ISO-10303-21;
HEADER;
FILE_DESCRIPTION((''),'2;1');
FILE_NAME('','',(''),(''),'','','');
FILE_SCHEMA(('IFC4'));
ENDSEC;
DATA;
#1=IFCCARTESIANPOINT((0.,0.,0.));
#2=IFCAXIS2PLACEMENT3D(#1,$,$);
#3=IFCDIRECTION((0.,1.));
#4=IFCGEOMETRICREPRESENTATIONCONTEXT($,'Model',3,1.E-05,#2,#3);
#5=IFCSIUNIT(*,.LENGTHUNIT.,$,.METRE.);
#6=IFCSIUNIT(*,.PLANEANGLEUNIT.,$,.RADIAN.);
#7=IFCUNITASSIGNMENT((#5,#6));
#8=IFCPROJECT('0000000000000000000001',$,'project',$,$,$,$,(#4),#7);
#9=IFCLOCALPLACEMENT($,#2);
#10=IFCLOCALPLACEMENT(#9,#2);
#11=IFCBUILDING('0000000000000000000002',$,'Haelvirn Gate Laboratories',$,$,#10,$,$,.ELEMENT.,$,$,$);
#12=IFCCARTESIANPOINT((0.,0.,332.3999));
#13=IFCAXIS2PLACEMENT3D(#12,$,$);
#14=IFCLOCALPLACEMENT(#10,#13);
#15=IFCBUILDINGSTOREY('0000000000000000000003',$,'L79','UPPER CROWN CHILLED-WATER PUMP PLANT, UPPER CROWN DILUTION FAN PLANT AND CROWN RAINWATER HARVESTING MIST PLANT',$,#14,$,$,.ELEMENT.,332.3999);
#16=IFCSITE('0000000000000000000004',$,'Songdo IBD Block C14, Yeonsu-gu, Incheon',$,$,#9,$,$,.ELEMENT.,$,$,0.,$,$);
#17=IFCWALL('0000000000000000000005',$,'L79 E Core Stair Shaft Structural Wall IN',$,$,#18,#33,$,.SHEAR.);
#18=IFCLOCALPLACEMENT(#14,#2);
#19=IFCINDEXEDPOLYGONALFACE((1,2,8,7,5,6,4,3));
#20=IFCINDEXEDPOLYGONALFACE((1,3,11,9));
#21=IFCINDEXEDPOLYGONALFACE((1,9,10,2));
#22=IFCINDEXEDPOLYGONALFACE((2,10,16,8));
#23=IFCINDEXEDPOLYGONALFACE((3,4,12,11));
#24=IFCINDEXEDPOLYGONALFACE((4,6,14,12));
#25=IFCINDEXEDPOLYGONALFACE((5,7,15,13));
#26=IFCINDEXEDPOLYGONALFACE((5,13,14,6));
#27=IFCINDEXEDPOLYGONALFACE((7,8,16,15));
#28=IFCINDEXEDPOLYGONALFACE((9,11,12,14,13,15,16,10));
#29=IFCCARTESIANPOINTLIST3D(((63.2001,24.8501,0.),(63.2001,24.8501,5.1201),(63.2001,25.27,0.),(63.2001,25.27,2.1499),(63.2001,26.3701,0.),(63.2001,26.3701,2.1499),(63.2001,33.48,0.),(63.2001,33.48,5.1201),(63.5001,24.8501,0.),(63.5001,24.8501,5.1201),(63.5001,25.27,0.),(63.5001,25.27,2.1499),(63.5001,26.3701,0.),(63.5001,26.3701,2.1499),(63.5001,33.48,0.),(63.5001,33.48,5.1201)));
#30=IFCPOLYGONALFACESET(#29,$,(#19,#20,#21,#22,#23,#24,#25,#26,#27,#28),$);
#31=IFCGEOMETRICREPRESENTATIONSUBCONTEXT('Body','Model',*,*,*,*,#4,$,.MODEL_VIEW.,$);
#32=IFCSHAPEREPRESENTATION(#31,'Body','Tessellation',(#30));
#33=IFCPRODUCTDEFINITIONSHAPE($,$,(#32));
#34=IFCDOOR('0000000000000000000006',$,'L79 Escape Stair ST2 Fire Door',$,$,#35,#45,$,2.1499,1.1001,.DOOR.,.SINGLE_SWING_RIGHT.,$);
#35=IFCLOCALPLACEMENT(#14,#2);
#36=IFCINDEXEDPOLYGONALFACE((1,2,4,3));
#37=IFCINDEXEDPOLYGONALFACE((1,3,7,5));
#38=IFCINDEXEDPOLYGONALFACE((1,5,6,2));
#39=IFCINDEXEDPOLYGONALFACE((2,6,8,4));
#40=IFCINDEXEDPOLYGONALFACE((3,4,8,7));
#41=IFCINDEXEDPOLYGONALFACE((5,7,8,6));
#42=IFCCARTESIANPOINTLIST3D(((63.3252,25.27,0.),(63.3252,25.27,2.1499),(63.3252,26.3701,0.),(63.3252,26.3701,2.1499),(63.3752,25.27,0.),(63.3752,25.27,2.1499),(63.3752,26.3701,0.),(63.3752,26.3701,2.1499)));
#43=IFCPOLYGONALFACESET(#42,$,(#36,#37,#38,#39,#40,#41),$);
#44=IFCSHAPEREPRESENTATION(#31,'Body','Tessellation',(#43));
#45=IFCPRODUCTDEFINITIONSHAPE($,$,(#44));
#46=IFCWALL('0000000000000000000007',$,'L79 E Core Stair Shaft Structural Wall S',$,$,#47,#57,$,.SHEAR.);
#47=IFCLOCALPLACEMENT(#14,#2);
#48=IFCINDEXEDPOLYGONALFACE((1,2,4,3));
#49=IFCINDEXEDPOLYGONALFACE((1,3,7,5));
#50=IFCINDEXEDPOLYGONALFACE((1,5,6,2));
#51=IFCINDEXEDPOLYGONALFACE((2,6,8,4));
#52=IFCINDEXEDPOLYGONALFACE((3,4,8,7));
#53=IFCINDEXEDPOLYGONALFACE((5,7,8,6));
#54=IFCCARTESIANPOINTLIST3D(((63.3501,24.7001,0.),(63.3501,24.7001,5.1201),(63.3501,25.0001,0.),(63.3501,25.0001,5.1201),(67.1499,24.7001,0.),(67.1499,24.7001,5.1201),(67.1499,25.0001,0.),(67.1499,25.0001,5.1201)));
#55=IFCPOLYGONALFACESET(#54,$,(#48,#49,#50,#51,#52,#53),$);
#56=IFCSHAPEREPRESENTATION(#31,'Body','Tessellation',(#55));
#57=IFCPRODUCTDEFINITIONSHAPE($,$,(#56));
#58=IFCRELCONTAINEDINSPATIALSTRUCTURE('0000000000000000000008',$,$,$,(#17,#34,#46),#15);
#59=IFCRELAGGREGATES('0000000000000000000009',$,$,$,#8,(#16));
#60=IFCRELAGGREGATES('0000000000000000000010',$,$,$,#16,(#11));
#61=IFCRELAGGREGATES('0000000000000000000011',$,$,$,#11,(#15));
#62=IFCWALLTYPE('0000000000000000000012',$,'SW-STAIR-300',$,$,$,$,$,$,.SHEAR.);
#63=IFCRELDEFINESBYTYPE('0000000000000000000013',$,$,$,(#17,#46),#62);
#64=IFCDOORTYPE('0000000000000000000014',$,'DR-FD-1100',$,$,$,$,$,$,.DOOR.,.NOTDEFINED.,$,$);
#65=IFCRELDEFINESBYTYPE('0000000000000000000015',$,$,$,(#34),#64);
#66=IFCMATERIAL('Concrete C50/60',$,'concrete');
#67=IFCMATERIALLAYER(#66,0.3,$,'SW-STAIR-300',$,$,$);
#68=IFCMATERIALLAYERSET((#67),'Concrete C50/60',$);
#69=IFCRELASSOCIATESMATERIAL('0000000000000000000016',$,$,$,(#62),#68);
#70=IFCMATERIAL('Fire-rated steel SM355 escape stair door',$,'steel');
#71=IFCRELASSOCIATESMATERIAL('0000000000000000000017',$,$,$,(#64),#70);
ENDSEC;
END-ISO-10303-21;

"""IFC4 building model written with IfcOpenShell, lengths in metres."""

from ifc_helpers import new_model, si_unit, direction, frame, frame_2d, origin, place, context, subcontext, project, spatial, rectangle, extrude, source, transform, mapped, material, layer, layer_set, type_object, type_shapes, element, fill, save


model = new_model("IFC4")

# Units and contexts
model_context = context("Model", 3, precision=1e-05, world=origin(), true_north=direction((0.0, 1.0)))
body_context = subcontext(model_context, "Body", "Model", "MODEL_VIEW")
ifc_project = project(units=[si_unit("LENGTHUNIT", "METRE"), si_unit("PLANEANGLEUNIT", "RADIAN")], contexts=[model_context])

# Site, building, storey
site_placement = place(None, origin())
site = spatial("IfcSite", under=ifc_project, at=site_placement, Name="Songdo IBD Block C14, Yeonsu-gu, Incheon", CompositionType="ELEMENT", RefElevation=0.0)
building_placement = place(site_placement, origin())
building = spatial("IfcBuilding", under=site, at=building_placement, Name="Haelvirn Gate Laboratories", CompositionType="ELEMENT")
storey_placement = place(building_placement, frame((0.0, 0.0, 332.3999)))
storey = spatial("IfcBuildingStorey", under=building, at=storey_placement, Name="L79", Description="UPPER CROWN CHILLED-WATER PUMP PLANT, UPPER CROWN DILUTION FAN PLANT AND CROWN RAINWATER HARVESTING MIST PLANT", CompositionType="ELEMENT", Elevation=332.3999)

# Shared definitions
ifc_material_1 = material(Name="Concrete C50/60", Category="concrete")

# Wall, opening, door
ifc_layer_1 = layer(ifc_material_1, 0.3, Name="SW-STAIR-300")
ifc_layer_set_1 = layer_set([ifc_layer_1], Name="Concrete C50/60")
wall_type_1 = type_object("IfcWallType", Name="SW-STAIR-300", PredefinedType="SHEAR", material=ifc_layer_set_1)
wall_1_placement = place(storey_placement, frame((63.3501, 24.8501, 0.0), z_axis=(0.0, 0.0, 1.0), x_axis=(0.0, 1.0, 0.0)))
wall_1 = element("IfcWall", 1, at=wall_1_placement, inside=storey, type_object=wall_type_1, Name="L79 E Core Stair Shaft Structural Wall IN", PredefinedType="SHEAR", context=body_context, shape_type="SweptSolid", body=[
    extrude(rectangle(XDim=8.6299, YDim=0.3, at=frame_2d((4.3149, 0.0))), origin(), (0.0, 0.0, 1.0), 5.1201),
])
opening_1_placement = place(wall_1_placement, frame((0.4199, 0.0, 0.0)))
opening_1 = element("IfcOpeningElement", 2, at=opening_1_placement, cuts=wall_1, PredefinedType="OPENING", context=body_context, shape_type="SweptSolid", body=[
    extrude(rectangle(XDim=1.1001, YDim=2.1499, at=frame_2d((0.55, 1.075))), frame((0.0, 0.1602, 0.0), z_axis=(0.0, -1.0, 0.0), x_axis=(1.0, 0.0, 0.0)), (0.0, 0.0, 1.0), 0.3201),
])
ifc_material_2 = material(Name="Fire-rated steel SM355 escape stair door", Category="steel")
door_type_1 = type_object("IfcDoorType", Name="DR-FD-1100", OperationType="NOTDEFINED", PredefinedType="DOOR", material=ifc_material_2)
shared_shape_1 = source(origin(), body_context, "Body", "SweptSolid", [
    extrude(rectangle(XDim=1.1001, YDim=2.1499, at=frame_2d((0.55, 1.075))), frame((0.0, 0.0249, 0.0), z_axis=(0.0, -1.0, 0.0), x_axis=(1.0, 0.0, 0.0)), (0.0, 0.0, 1.0), 0.05),
])
type_shapes(door_type_1, [shared_shape_1])
door_1_placement = place(opening_1_placement, origin())
door_1 = element("IfcDoor", 3, at=door_1_placement, inside=storey, type_object=door_type_1, Name="L79 Escape Stair ST2 Fire Door", OperationType="SINGLE_SWING_RIGHT", OverallHeight=2.1499, OverallWidth=1.1001, PredefinedType="DOOR", context=body_context, shape_type="MappedRepresentation", body=[
    mapped(shared_shape_1, transform((0.0, 0.0, 0.0), scale=1.0)),
])
fill(opening_1, door_1)

# Wall
wall_2_placement = place(storey_placement, frame((63.3501, 24.8501, 0.0), z_axis=(0.0, 0.0, 1.0), x_axis=(1.0, 0.0, 0.0)))
element("IfcWall", 4, at=wall_2_placement, inside=storey, type_object=wall_type_1, Name="L79 E Core Stair Shaft Structural Wall S", PredefinedType="SHEAR", context=body_context, shape_type="SweptSolid", body=[
    extrude(rectangle(XDim=3.7998, YDim=0.3, at=frame_2d((1.8999, 0.0))), origin(), (0.0, 0.0, 1.0), 5.1201),
])

save(model, "model.ifc")
